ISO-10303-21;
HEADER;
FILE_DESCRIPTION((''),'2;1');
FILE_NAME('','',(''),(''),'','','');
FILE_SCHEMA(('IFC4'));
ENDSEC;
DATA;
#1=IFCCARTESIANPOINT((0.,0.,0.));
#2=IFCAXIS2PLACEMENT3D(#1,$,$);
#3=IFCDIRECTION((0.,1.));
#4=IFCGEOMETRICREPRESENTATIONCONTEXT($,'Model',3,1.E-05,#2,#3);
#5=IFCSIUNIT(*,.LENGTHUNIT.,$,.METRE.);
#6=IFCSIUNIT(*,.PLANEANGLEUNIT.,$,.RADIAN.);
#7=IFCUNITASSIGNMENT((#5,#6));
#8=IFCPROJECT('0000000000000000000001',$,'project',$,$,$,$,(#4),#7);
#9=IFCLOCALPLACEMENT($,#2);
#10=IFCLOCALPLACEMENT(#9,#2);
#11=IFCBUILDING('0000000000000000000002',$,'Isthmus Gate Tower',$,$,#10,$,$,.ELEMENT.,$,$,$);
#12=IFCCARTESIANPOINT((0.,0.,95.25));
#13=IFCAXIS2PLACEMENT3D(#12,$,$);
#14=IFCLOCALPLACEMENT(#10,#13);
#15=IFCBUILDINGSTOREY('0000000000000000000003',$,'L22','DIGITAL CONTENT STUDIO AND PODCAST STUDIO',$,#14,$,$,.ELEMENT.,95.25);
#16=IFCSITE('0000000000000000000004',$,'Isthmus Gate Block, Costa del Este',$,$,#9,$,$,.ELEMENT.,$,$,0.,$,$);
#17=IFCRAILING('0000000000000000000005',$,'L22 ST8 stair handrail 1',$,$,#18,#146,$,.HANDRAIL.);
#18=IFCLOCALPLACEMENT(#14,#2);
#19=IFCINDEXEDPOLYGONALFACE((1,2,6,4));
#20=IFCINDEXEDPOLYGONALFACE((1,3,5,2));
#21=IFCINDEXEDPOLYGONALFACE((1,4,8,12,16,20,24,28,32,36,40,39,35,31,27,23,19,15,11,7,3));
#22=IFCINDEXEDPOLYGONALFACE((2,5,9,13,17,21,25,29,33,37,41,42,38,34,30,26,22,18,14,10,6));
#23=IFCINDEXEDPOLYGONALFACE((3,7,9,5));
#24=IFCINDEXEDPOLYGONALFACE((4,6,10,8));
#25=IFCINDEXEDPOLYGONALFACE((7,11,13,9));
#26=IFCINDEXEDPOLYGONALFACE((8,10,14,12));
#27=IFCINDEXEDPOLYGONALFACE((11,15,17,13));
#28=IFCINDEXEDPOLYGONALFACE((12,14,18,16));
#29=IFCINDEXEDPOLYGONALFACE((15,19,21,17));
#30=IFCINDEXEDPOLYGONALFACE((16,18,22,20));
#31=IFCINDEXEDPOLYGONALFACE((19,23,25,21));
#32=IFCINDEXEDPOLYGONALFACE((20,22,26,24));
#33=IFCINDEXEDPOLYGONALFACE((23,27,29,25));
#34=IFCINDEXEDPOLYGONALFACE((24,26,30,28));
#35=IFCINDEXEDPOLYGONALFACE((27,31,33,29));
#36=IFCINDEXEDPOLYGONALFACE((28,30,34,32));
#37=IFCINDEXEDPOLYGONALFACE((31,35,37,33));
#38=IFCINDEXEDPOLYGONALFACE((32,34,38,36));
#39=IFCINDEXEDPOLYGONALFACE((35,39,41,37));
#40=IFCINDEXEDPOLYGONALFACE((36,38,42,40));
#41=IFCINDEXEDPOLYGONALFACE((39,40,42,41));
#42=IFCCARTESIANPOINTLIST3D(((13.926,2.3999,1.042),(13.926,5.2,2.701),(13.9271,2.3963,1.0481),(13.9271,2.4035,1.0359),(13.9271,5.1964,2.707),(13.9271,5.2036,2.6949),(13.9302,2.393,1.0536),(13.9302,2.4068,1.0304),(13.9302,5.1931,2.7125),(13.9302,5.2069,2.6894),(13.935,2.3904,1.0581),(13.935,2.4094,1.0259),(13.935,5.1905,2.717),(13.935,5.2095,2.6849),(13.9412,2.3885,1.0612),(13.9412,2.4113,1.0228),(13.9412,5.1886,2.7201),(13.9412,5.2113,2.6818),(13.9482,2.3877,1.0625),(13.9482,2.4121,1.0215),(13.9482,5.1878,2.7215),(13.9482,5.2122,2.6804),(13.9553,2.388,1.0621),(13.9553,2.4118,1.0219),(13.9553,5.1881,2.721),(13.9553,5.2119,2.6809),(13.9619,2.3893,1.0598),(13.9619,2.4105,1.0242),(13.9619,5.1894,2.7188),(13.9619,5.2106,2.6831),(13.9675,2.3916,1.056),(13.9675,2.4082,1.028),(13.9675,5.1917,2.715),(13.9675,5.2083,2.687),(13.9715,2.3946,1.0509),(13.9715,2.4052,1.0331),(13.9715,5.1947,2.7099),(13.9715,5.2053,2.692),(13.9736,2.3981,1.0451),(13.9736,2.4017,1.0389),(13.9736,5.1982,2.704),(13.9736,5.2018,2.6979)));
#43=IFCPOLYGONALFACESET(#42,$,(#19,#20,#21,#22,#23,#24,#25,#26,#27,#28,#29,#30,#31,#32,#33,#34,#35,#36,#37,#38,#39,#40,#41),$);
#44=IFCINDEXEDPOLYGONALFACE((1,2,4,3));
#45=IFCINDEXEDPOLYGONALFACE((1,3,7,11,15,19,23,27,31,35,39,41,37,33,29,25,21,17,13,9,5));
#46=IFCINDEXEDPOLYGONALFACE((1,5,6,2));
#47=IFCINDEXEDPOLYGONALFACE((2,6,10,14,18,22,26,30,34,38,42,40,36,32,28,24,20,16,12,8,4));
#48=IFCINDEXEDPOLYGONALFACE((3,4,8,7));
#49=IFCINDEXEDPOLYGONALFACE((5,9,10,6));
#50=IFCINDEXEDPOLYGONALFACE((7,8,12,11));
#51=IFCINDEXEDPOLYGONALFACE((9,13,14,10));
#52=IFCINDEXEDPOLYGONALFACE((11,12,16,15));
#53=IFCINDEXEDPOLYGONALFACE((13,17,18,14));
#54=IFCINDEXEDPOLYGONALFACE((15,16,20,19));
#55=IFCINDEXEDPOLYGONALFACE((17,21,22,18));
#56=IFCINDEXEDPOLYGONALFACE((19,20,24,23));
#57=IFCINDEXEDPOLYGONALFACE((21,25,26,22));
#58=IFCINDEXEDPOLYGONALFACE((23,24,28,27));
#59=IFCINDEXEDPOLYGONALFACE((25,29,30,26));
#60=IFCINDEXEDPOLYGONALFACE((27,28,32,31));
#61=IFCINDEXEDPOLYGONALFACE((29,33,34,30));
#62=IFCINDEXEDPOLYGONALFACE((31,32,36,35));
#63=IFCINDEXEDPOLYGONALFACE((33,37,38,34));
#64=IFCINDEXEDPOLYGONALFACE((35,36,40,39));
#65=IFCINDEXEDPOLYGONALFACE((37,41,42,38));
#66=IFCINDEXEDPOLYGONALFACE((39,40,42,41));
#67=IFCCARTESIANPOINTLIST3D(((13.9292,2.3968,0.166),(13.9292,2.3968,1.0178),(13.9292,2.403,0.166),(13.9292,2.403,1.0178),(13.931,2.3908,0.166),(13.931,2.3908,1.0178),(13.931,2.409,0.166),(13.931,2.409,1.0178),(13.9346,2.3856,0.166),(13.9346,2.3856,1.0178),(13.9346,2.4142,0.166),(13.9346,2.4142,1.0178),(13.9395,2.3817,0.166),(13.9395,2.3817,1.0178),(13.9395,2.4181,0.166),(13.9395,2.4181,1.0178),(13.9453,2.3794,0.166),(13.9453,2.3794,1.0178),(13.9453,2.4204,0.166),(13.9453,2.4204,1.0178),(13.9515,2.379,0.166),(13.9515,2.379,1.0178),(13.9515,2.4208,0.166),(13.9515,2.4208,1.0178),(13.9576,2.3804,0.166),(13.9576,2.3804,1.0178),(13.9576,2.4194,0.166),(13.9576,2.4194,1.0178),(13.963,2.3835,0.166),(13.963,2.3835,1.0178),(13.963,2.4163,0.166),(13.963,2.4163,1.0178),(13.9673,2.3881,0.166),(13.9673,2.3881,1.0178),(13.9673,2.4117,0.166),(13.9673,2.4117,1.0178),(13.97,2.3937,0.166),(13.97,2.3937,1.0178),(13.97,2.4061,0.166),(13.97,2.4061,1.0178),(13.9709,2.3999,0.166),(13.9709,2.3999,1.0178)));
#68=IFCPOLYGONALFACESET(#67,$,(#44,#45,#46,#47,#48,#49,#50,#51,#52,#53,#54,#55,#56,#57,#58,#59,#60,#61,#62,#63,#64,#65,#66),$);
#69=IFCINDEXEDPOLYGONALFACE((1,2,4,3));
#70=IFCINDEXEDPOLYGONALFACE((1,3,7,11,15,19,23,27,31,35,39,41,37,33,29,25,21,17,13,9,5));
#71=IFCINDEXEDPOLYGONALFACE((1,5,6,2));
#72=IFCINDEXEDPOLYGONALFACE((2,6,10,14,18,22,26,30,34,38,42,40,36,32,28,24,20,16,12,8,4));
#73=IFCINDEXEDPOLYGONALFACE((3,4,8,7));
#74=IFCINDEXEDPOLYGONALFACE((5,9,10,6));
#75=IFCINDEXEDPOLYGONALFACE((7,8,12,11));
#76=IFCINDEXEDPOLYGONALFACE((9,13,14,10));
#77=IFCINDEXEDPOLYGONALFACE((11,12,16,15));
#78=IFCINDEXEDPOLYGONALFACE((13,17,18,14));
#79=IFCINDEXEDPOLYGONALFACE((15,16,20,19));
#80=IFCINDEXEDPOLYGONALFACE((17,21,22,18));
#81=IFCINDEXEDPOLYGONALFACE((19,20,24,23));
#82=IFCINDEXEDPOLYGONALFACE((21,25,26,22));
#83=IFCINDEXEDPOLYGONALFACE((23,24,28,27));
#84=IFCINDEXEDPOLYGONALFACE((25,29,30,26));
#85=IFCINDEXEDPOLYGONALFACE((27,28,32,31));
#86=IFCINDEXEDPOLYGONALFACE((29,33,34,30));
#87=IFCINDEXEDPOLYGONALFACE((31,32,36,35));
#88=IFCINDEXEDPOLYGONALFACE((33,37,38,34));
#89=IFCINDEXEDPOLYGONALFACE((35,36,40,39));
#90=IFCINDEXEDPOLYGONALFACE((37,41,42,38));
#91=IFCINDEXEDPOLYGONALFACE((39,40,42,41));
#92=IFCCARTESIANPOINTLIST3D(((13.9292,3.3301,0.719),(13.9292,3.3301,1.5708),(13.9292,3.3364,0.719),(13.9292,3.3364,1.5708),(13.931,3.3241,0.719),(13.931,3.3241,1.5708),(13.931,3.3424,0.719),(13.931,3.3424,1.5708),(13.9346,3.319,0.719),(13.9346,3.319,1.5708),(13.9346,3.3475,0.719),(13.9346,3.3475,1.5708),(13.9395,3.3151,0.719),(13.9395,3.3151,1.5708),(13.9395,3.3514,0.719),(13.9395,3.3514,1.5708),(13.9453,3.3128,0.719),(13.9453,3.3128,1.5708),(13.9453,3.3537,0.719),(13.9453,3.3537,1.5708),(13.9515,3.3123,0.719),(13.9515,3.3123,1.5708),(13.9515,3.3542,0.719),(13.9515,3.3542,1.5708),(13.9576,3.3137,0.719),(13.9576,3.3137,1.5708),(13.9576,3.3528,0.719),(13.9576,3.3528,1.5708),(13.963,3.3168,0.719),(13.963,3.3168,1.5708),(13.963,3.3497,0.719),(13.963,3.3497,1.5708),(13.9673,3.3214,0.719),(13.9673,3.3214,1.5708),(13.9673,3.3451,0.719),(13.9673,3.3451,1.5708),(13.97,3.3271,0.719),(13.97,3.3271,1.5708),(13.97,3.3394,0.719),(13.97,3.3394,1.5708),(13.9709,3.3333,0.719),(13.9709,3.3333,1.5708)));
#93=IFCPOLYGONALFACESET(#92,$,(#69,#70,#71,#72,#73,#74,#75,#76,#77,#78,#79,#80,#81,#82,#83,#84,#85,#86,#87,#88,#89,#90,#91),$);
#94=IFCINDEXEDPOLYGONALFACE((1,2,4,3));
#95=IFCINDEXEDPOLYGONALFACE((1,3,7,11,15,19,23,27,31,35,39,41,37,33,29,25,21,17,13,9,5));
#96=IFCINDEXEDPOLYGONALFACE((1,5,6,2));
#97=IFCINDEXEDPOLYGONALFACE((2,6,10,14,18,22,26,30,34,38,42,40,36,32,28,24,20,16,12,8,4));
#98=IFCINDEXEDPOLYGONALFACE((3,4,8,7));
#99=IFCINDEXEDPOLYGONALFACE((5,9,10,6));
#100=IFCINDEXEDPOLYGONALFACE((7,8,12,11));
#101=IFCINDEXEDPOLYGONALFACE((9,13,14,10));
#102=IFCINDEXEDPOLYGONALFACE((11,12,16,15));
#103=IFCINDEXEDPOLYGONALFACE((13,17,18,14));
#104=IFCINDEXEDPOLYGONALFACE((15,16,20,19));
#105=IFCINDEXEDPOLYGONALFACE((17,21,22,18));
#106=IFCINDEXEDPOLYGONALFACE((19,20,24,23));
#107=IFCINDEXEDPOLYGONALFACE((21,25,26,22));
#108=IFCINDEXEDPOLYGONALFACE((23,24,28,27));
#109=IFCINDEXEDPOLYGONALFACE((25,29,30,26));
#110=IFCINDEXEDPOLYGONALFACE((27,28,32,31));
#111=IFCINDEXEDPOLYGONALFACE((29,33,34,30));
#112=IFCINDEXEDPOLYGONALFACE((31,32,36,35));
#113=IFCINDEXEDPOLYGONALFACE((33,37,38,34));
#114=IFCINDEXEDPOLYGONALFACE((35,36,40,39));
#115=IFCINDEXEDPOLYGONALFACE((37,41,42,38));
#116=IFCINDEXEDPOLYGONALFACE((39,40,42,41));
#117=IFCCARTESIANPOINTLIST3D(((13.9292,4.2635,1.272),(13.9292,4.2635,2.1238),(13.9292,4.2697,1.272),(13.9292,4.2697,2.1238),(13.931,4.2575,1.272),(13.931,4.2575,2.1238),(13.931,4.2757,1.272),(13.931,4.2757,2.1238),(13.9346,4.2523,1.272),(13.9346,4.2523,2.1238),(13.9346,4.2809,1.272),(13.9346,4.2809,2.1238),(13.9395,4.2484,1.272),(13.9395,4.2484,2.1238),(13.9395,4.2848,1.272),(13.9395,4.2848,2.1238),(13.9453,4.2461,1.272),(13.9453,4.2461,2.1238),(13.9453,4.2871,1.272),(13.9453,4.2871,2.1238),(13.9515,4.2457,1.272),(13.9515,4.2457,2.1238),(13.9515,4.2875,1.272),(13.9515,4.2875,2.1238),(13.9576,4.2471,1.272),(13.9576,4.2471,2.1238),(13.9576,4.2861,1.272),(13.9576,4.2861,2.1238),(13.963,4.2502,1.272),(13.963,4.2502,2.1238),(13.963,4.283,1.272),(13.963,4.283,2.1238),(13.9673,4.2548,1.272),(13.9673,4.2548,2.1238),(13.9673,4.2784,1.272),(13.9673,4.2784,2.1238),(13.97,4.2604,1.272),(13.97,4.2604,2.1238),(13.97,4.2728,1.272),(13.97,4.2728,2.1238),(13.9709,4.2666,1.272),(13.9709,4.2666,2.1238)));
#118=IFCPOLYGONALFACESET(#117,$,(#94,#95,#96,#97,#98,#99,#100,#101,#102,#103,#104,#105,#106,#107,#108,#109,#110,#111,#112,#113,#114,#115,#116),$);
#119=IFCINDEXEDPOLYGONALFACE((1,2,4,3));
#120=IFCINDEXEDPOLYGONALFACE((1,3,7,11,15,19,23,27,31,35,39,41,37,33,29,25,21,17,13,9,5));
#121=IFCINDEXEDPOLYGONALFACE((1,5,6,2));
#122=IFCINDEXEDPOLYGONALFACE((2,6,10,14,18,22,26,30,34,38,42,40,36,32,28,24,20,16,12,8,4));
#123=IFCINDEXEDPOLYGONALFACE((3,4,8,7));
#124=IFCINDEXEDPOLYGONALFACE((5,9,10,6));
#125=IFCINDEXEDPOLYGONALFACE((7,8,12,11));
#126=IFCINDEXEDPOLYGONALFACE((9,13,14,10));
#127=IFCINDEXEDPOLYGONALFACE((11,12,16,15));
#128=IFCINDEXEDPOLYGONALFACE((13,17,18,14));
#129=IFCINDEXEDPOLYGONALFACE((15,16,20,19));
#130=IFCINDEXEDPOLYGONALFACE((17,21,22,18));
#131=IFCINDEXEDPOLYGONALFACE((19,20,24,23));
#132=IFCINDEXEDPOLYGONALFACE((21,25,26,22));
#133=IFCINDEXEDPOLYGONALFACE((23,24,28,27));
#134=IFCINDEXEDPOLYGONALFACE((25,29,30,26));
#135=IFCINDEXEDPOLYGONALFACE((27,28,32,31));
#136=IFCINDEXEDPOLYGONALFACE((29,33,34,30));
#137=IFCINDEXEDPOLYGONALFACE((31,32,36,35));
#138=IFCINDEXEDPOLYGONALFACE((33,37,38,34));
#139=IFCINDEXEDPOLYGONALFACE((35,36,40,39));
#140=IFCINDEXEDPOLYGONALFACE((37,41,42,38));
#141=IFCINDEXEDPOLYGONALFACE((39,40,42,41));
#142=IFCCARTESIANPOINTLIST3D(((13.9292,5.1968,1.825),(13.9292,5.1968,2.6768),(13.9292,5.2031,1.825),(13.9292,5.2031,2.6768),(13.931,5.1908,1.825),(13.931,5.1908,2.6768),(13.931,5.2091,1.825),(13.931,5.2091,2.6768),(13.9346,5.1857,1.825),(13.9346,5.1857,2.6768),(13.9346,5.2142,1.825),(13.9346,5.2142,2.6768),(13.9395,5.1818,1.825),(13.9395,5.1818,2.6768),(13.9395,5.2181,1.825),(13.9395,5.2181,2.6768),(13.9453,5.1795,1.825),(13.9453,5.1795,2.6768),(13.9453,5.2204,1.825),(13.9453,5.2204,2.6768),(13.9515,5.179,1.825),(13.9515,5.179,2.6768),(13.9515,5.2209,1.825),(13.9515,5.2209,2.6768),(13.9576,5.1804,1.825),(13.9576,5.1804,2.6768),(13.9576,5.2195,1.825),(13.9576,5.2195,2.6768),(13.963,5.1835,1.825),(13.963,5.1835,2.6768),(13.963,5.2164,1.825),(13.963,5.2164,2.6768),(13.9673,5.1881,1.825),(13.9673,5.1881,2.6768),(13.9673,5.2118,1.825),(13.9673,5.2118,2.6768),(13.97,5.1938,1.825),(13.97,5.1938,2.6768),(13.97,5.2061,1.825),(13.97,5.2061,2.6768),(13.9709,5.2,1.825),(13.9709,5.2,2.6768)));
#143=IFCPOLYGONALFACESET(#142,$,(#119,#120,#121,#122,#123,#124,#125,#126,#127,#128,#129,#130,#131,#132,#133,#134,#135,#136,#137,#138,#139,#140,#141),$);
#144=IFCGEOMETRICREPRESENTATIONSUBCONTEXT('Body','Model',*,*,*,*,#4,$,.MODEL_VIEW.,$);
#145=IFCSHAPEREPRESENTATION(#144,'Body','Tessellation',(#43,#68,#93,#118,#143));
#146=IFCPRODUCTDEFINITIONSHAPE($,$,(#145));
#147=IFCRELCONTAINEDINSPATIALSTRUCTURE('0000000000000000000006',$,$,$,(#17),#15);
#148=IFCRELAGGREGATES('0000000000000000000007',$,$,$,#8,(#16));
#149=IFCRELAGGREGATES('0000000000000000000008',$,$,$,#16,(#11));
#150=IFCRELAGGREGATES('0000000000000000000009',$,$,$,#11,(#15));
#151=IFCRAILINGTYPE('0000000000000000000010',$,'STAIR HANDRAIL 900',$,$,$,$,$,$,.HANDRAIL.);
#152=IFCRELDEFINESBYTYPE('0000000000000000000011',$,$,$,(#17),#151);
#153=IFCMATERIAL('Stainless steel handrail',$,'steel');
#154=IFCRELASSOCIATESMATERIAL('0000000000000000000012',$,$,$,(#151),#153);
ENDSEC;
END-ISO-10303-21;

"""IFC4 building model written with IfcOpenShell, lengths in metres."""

from ifc_helpers import new_model, si_unit, direction, frame, origin, origin_2d, place, context, subcontext, project, spatial, circle, extrude, material, type_object, element, save


model = new_model("IFC4")

# Units and contexts
model_context = context("Model", 3, precision=1e-05, world=origin(), true_north=direction((0.0, 1.0)))
body_context = subcontext(model_context, "Body", "Model", "MODEL_VIEW")
ifc_project = project(units=[si_unit("LENGTHUNIT", "METRE"), si_unit("PLANEANGLEUNIT", "RADIAN")], contexts=[model_context])

# Site, building, storey
site_placement = place(None, origin())
site = spatial("IfcSite", under=ifc_project, at=site_placement, Name="Isthmus Gate Block, Costa del Este", CompositionType="ELEMENT", RefElevation=0.0)
building_placement = place(site_placement, origin())
building = spatial("IfcBuilding", under=site, at=building_placement, Name="Isthmus Gate Tower", CompositionType="ELEMENT")
storey_placement = place(building_placement, frame((0.0, 0.0, 95.25)))
storey = spatial("IfcBuildingStorey", under=building, at=storey_placement, Name="L22", Description="DIGITAL CONTENT STUDIO AND PODCAST STUDIO", CompositionType="ELEMENT", Elevation=95.25)

# Railing
ifc_material_1 = material(Name="Stainless steel handrail", Category="steel")
railing_type = type_object("IfcRailingType", Name="STAIR HANDRAIL 900", PredefinedType="HANDRAIL", material=ifc_material_1)
railing_placement = place(storey_placement, frame((13.95, 2.3999, 0.166)))
element("IfcRailing", 1, at=railing_placement, inside=storey, type_object=railing_type, Name="L22 ST8 stair handrail 1", PredefinedType="HANDRAIL", context=body_context, shape_type="SweptSolid", body=[
    extrude(circle(Radius=0.0239, at=origin_2d()), frame((0.0, 0.0, 0.876), z_axis=(0.0, 0.860339, 0.509722), x_axis=(-1.0, 0.0, 0.0)), (0.0, 0.0, 1.0), 3.2546),
    extrude(circle(Radius=0.021, at=origin_2d()), origin(), (0.0, 0.0, 1.0), 0.8518),
    extrude(circle(Radius=0.021, at=origin_2d()), frame((0.0, 0.9333, 0.553)), (0.0, 0.0, 1.0), 0.8518),
    extrude(circle(Radius=0.021, at=origin_2d()), frame((0.0, 1.8667, 1.106)), (0.0, 0.0, 1.0), 0.8518),
    extrude(circle(Radius=0.021, at=origin_2d()), frame((0.0, 2.8, 1.6589)), (0.0, 0.0, 1.0), 0.8518),
])

save(model, "model.ifc")
